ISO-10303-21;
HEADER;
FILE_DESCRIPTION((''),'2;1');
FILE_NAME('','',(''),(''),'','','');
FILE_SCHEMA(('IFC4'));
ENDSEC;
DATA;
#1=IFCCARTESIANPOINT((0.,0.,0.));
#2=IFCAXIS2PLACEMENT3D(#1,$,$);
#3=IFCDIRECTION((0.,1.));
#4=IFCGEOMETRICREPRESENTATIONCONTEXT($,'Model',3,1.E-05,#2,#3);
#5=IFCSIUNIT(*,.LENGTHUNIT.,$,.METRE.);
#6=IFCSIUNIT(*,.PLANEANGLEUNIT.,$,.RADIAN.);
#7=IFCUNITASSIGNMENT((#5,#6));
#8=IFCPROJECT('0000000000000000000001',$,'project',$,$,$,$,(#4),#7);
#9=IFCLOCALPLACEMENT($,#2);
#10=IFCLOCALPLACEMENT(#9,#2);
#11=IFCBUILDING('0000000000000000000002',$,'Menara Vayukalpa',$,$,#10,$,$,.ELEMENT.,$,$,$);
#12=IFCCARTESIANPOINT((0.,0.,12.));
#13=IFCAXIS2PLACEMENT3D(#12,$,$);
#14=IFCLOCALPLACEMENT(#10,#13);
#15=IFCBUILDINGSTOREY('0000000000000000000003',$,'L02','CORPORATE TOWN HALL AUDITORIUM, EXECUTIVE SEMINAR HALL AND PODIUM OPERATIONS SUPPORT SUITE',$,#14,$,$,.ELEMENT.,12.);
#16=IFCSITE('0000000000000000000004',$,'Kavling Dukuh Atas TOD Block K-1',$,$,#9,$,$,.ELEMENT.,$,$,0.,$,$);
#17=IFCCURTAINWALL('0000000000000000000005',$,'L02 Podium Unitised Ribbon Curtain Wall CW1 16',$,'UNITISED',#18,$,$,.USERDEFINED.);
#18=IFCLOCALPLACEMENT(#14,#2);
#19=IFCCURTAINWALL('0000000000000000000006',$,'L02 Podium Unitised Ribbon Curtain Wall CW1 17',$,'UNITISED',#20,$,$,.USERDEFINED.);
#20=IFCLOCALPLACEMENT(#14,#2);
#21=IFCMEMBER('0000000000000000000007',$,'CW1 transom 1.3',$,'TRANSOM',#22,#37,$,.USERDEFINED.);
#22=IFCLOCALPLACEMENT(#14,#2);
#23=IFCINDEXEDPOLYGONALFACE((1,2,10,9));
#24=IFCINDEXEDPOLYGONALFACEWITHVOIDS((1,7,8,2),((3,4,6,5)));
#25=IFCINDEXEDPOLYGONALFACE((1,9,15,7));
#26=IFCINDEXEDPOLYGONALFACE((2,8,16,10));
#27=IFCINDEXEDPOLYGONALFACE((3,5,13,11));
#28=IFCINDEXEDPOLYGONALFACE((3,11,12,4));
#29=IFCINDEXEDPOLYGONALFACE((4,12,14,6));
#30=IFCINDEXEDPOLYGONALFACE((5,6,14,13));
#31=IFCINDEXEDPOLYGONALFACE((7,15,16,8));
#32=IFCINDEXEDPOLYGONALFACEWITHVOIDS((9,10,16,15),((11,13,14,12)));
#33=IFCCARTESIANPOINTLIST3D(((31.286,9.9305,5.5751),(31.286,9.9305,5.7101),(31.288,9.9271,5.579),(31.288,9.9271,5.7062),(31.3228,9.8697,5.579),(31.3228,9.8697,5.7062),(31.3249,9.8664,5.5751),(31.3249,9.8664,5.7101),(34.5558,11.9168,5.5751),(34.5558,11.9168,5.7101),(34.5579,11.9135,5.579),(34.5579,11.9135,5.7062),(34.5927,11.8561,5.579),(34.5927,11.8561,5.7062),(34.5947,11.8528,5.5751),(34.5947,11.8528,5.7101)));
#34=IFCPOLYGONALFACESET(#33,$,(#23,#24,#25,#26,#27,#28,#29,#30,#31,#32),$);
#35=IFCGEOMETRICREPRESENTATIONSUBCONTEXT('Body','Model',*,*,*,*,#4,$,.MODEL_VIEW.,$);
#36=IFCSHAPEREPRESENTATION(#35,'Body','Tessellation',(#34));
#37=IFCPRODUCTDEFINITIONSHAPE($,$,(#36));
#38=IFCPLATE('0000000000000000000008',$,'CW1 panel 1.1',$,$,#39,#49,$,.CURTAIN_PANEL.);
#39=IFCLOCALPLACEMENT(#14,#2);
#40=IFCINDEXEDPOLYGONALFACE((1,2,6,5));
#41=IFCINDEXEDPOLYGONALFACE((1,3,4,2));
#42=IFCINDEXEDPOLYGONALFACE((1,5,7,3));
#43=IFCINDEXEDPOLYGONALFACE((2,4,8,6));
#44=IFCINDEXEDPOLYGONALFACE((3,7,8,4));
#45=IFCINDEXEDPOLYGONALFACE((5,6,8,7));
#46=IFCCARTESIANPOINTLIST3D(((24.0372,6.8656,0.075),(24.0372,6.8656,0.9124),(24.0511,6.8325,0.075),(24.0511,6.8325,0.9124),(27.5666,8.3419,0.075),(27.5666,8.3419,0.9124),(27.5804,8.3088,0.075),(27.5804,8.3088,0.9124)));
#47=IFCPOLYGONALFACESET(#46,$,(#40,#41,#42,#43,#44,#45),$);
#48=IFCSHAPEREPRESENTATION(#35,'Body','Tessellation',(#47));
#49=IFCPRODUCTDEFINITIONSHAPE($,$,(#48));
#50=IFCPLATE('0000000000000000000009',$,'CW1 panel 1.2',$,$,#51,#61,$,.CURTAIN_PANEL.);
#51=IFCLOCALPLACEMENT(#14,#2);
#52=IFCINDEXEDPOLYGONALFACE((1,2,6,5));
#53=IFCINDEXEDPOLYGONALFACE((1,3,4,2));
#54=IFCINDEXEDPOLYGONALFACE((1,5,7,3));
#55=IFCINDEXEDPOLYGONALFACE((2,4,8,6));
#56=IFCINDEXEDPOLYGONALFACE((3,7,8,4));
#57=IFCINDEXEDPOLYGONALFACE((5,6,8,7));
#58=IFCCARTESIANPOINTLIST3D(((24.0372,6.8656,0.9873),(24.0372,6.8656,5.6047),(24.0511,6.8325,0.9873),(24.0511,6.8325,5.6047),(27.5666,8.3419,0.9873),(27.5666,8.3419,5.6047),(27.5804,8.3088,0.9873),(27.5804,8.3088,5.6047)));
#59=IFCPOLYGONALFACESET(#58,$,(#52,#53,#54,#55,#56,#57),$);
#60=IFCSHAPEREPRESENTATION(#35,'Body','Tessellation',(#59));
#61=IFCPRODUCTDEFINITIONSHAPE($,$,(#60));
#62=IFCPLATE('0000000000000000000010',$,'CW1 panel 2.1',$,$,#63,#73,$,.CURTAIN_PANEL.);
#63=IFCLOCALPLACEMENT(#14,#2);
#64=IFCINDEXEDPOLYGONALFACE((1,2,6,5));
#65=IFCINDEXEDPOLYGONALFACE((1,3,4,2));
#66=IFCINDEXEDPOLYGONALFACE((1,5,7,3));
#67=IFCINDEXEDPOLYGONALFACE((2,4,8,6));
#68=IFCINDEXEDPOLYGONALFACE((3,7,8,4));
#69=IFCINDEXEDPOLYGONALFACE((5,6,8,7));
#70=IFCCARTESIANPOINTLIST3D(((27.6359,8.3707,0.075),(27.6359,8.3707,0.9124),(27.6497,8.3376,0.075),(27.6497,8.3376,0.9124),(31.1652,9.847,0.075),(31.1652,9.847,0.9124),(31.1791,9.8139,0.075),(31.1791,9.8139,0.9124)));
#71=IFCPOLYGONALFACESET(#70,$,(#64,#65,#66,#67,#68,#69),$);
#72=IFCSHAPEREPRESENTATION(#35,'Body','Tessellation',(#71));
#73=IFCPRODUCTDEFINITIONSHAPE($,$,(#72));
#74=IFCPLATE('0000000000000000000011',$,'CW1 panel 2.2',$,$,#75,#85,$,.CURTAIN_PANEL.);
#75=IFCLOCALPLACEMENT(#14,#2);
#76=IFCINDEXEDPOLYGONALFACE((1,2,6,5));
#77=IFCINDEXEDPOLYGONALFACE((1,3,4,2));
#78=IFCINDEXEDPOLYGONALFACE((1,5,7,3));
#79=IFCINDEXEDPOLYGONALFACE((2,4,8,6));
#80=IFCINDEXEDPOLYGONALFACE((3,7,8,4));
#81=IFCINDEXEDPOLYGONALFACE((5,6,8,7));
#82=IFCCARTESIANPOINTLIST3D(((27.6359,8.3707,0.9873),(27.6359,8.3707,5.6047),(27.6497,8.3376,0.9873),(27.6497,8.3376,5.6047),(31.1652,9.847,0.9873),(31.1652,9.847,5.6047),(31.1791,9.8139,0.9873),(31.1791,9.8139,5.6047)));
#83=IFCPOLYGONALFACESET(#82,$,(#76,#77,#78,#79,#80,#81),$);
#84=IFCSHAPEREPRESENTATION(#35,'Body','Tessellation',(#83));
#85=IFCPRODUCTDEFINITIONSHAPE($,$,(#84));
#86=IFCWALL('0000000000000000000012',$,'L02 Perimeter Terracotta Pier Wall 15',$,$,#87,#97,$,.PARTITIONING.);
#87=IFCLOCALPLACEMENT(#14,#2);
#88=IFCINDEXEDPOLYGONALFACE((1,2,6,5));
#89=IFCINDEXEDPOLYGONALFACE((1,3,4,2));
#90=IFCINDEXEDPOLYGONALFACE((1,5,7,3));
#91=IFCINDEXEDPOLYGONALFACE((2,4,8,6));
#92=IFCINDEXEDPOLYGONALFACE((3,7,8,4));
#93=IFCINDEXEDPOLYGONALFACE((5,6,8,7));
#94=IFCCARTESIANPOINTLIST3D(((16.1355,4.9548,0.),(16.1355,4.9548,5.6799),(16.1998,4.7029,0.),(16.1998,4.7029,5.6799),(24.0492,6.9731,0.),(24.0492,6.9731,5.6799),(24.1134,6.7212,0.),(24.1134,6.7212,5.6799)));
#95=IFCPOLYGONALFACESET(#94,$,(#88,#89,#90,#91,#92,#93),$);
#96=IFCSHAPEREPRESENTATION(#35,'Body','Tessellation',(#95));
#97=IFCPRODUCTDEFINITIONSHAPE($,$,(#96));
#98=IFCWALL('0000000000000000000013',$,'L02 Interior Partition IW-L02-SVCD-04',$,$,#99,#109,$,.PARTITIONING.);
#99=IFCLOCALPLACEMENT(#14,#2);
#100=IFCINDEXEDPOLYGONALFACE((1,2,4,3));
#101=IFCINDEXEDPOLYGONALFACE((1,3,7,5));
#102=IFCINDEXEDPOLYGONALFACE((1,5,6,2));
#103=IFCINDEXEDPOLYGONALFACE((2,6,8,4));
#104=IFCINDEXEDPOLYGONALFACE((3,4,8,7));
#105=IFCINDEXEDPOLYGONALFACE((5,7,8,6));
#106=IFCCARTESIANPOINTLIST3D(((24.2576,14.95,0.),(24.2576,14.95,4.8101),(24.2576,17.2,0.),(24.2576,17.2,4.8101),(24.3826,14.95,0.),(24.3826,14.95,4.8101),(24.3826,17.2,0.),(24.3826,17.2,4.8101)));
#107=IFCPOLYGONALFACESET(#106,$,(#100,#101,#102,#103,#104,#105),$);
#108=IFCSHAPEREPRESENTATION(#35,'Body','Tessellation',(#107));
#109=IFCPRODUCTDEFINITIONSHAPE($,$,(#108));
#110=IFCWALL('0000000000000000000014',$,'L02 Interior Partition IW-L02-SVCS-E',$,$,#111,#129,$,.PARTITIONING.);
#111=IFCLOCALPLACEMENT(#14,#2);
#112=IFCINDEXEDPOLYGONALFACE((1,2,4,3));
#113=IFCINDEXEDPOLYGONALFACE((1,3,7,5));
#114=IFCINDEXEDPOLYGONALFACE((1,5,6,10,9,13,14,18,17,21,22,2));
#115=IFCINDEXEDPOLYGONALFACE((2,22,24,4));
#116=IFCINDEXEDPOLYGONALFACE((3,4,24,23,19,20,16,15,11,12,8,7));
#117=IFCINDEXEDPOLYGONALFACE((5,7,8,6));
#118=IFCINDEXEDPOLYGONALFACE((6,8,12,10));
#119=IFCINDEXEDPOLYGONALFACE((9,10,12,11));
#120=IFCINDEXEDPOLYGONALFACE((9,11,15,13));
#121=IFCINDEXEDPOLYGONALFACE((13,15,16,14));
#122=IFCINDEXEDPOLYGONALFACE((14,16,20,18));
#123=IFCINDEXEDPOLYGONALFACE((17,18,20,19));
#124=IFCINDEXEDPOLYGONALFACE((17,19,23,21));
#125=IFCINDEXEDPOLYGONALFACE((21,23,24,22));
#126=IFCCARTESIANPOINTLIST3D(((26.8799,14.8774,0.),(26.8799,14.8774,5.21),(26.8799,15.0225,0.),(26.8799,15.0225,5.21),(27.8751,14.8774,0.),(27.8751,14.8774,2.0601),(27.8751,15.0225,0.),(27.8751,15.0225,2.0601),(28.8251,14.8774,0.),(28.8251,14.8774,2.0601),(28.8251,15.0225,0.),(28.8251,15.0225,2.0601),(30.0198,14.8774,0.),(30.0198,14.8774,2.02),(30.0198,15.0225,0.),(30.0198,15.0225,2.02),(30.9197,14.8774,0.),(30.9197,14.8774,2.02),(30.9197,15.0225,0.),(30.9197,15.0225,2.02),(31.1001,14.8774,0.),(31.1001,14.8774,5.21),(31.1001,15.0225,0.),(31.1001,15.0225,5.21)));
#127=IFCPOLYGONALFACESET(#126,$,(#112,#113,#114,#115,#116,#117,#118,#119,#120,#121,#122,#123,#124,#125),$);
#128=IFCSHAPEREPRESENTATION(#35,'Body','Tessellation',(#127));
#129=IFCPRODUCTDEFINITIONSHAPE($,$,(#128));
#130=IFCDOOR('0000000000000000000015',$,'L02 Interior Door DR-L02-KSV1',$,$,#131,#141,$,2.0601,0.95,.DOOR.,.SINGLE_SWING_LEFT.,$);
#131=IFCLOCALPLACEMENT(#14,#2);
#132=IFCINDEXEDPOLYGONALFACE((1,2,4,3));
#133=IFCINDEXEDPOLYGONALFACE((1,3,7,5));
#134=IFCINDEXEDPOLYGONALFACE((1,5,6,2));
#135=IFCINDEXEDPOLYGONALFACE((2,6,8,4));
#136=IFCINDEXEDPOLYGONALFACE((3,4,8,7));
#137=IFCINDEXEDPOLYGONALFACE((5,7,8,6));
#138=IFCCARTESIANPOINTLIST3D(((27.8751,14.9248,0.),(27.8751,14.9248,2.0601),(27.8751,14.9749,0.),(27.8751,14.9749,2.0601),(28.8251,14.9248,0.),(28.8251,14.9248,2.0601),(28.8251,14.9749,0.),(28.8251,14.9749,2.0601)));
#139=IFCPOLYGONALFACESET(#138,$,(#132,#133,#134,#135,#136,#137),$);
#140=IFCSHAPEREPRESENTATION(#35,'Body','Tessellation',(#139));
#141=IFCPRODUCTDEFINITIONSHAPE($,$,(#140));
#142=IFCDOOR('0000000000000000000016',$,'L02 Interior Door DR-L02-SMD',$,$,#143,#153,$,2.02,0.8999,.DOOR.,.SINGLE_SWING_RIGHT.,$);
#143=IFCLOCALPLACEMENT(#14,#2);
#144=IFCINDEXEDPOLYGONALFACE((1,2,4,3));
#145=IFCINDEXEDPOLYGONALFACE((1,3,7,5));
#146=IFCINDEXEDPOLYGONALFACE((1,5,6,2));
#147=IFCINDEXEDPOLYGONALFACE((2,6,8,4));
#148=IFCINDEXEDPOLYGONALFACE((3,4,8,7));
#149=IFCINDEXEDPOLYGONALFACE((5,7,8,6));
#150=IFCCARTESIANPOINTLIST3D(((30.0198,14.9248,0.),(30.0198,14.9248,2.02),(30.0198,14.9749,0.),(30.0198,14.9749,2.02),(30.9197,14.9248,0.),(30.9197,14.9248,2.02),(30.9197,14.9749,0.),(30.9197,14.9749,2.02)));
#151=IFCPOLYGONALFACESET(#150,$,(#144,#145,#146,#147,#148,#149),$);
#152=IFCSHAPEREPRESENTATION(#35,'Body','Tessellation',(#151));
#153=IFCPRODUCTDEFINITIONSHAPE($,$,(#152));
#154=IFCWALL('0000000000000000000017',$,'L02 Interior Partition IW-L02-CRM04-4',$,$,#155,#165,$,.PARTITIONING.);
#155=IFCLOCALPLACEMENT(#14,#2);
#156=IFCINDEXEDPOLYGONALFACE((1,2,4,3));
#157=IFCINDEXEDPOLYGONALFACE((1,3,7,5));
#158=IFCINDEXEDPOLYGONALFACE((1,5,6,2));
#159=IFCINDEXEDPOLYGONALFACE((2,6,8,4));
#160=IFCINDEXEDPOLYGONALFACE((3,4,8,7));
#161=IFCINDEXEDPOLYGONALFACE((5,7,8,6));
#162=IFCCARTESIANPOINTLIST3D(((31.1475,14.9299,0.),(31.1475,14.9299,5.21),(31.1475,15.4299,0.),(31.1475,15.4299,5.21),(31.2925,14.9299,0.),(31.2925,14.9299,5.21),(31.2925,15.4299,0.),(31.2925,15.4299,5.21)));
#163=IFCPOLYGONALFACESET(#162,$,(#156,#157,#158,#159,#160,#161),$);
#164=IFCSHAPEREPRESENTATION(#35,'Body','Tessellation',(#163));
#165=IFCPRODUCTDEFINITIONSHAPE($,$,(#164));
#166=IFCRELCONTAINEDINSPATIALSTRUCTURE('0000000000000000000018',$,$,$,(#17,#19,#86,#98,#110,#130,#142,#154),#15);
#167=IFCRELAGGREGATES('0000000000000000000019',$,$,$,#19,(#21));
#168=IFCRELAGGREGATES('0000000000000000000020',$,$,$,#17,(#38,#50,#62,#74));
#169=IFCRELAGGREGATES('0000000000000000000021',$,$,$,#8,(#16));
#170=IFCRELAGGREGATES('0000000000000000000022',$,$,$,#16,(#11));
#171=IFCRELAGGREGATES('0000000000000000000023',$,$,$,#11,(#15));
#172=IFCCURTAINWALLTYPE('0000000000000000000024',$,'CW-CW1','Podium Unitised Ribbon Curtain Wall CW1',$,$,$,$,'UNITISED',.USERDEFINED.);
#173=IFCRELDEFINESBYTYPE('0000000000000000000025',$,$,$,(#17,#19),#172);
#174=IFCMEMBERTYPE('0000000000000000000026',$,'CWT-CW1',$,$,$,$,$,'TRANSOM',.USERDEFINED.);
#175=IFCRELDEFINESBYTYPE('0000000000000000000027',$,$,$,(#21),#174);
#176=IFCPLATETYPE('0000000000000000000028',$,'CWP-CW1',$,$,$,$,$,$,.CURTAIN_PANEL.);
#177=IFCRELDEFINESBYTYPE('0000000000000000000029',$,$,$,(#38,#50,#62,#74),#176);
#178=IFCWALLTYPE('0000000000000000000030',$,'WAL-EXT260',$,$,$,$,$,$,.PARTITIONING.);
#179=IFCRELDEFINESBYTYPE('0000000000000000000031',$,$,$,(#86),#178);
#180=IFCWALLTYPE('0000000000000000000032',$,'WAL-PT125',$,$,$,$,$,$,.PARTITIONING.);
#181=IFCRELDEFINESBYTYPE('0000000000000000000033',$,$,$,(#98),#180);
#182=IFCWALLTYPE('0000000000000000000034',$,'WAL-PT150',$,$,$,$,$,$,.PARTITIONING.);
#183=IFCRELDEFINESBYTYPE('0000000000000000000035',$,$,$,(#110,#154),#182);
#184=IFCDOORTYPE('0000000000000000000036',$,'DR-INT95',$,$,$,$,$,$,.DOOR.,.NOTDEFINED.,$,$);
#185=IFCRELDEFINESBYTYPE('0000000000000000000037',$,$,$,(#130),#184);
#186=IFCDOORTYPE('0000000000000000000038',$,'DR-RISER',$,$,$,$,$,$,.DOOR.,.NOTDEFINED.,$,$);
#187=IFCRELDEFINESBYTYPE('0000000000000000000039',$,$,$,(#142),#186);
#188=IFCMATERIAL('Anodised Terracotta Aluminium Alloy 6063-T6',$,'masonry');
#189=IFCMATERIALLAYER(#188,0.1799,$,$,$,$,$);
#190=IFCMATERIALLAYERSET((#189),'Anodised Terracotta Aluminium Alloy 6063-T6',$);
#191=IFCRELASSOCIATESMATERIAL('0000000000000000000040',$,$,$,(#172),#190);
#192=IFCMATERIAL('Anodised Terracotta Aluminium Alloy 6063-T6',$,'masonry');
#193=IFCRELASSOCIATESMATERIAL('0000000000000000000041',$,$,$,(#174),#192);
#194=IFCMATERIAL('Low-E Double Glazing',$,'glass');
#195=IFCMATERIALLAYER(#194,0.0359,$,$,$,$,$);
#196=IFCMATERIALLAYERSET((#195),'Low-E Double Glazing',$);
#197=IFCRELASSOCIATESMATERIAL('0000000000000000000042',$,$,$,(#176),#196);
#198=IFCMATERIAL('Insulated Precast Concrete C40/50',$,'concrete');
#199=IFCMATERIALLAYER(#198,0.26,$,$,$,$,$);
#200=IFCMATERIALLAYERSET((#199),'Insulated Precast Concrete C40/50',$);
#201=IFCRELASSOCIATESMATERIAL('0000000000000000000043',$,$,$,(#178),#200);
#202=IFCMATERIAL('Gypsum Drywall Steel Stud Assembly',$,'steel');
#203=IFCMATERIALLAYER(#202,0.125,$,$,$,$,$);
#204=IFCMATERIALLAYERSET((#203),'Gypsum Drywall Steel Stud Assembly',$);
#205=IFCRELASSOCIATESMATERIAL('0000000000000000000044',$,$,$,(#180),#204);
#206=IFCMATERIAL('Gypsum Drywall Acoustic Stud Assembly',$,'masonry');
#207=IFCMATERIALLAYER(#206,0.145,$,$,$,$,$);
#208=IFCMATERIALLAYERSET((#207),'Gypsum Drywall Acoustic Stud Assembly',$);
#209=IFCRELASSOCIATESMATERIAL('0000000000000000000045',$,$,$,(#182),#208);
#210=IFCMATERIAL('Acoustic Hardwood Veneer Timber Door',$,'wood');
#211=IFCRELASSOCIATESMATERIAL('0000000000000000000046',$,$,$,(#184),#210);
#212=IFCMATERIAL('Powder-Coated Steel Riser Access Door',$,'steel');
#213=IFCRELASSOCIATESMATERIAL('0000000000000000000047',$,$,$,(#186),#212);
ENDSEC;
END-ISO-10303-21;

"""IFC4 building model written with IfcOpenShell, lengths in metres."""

from ifc_helpers import new_model, si_unit, direction, frame, frame_2d, origin, origin_2d, place, context, subcontext, project, spatial, rectangle, hollow_rectangle, extrude, material, layer, layer_set, material_profile, profile_set, type_object, element, fill, aggregate, save


model = new_model("IFC4")

# Units and contexts
model_context = context("Model", 3, precision=1e-05, world=origin(), true_north=direction((0.0, 1.0)))
body_context = subcontext(model_context, "Body", "Model", "MODEL_VIEW")
ifc_project = project(units=[si_unit("LENGTHUNIT", "METRE"), si_unit("PLANEANGLEUNIT", "RADIAN")], contexts=[model_context])

# Site, building, storey
site_placement = place(None, origin())
site = spatial("IfcSite", under=ifc_project, at=site_placement, Name="Kavling Dukuh Atas TOD Block K-1", CompositionType="ELEMENT", RefElevation=0.0)
building_placement = place(site_placement, origin())
building = spatial("IfcBuilding", under=site, at=building_placement, Name="Menara Vayukalpa", CompositionType="ELEMENT")
storey_placement = place(building_placement, frame((0.0, 0.0, 12.0)))
storey = spatial("IfcBuildingStorey", under=building, at=storey_placement, Name="L02", Description="CORPORATE TOWN HALL AUDITORIUM, EXECUTIVE SEMINAR HALL AND PODIUM OPERATIONS SUPPORT SUITE", CompositionType="ELEMENT", Elevation=12.0)

# Curtain wall
ifc_material_1 = material(Name="Anodised Terracotta Aluminium Alloy 6063-T6", Category="masonry")
ifc_layer_1 = layer(ifc_material_1, 0.1799)
ifc_layer_set_1 = layer_set([ifc_layer_1], Name="Anodised Terracotta Aluminium Alloy 6063-T6")
curtain_wall_type = type_object("IfcCurtainWallType", Name="CW-CW1", Description="Podium Unitised Ribbon Curtain Wall CW1", ElementType="UNITISED", PredefinedType="USERDEFINED", material=ifc_layer_set_1)
curtain_wall_1_placement = place(storey_placement, origin())
curtain_wall_1 = element("IfcCurtainWall", 1, at=curtain_wall_1_placement, inside=storey, type_object=curtain_wall_type, Name="L02 Podium Unitised Ribbon Curtain Wall CW1 16", ObjectType="UNITISED", PredefinedType="USERDEFINED")

# Curtain wall
curtain_wall_2_placement = place(storey_placement, origin())
curtain_wall_2 = element("IfcCurtainWall", 2, at=curtain_wall_2_placement, inside=storey, type_object=curtain_wall_type, Name="L02 Podium Unitised Ribbon Curtain Wall CW1 17", ObjectType="UNITISED", PredefinedType="USERDEFINED")

# Member
ifc_material_2 = material(Name="Anodised Terracotta Aluminium Alloy 6063-T6", Category="masonry")
ifc_material_profile_1 = material_profile(ifc_material_2, hollow_rectangle(XDim=0.075, YDim=0.135, WallThickness=0.0039, at=origin_2d()), Name="ALU 75x135x4")
ifc_profile_set_1 = profile_set([ifc_material_profile_1], Name="Anodised Terracotta Aluminium Alloy 6063-T6")
member_type_1 = type_object("IfcMemberType", Name="CWT-CW1", ElementType="TRANSOM", PredefinedType="USERDEFINED", material=ifc_profile_set_1)
member_1_placement = place(storey_placement, frame((31.3054, 9.8984, 5.6426), z_axis=(0.854659, 0.51919, 0.0), x_axis=(-0.51919, 0.854659, 0.0)))
member_1 = element("IfcMember", 3, at=member_1_placement, type_object=member_type_1, Name="CW1 transom 1.3", ObjectType="TRANSOM", PredefinedType="USERDEFINED", context=body_context, shape_type="SweptSolid", body=[
    extrude(hollow_rectangle(XDim=0.075, YDim=0.135, WallThickness=0.0039, at=origin_2d()), origin(), (0.0, 0.0, 1.0), 3.8259),
])
aggregate(curtain_wall_2, [member_1])

# Plates
ifc_material_3 = material(Name="Low-E Double Glazing", Category="glass")
ifc_layer_2 = layer(ifc_material_3, 0.0359)
ifc_layer_set_2 = layer_set([ifc_layer_2], Name="Low-E Double Glazing")
plate_type = type_object("IfcPlateType", Name="CWP-CW1", PredefinedType="CURTAIN_PANEL", material=ifc_layer_set_2)
plate_1_placement = place(storey_placement, frame((25.8088, 7.5872, 0.075), z_axis=(0.0, 0.0, 1.0), x_axis=(0.922545, 0.385891, 0.0)))
plate_1 = element("IfcPlate", 4, at=plate_1_placement, type_object=plate_type, Name="CW1 panel 1.1", PredefinedType="CURTAIN_PANEL", context=body_context, shape_type="SweptSolid", body=[
    extrude(rectangle(XDim=3.8257, YDim=0.0359, at=origin_2d()), origin(), (0.0, 0.0, 1.0), 0.8374),
])
plate_2_placement = place(storey_placement, frame((25.8088, 7.5872, 0.9873), z_axis=(0.0, 0.0, 1.0), x_axis=(0.922545, 0.385891, 0.0)))
plate_2 = element("IfcPlate", 5, at=plate_2_placement, type_object=plate_type, Name="CW1 panel 1.2", PredefinedType="CURTAIN_PANEL", context=body_context, shape_type="SweptSolid", body=[
    extrude(rectangle(XDim=3.8257, YDim=0.0359, at=origin_2d()), origin(), (0.0, 0.0, 1.0), 4.6174),
])
plate_3_placement = place(storey_placement, frame((29.4075, 9.0923, 0.075), z_axis=(0.0, 0.0, 1.0), x_axis=(0.922545, 0.385891, 0.0)))
plate_3 = element("IfcPlate", 6, at=plate_3_placement, type_object=plate_type, Name="CW1 panel 2.1", PredefinedType="CURTAIN_PANEL", context=body_context, shape_type="SweptSolid", body=[
    extrude(rectangle(XDim=3.8257, YDim=0.0359, at=origin_2d()), origin(), (0.0, 0.0, 1.0), 0.8374),
])
plate_4_placement = place(storey_placement, frame((29.4075, 9.0923, 0.9873), z_axis=(0.0, 0.0, 1.0), x_axis=(0.922545, 0.385891, 0.0)))
plate_4 = element("IfcPlate", 7, at=plate_4_placement, type_object=plate_type, Name="CW1 panel 2.2", PredefinedType="CURTAIN_PANEL", context=body_context, shape_type="SweptSolid", body=[
    extrude(rectangle(XDim=3.8257, YDim=0.0359, at=origin_2d()), origin(), (0.0, 0.0, 1.0), 4.6174),
])
aggregate(curtain_wall_1, [plate_1, plate_2, plate_3, plate_4])

# Walls
ifc_material_4 = material(Name="Insulated Precast Concrete C40/50", Category="concrete")
ifc_layer_3 = layer(ifc_material_4, 0.26)
ifc_layer_set_3 = layer_set([ifc_layer_3], Name="Insulated Precast Concrete C40/50")
wall_type_1 = type_object("IfcWallType", Name="WAL-EXT260", PredefinedType="PARTITIONING", material=ifc_layer_set_3)
wall_1_placement = place(storey_placement, frame((24.0813, 6.8472, 0.0), z_axis=(0.0, 0.0, 1.0), x_axis=(-0.968982, -0.247133, 0.0)))
element("IfcWall", 8, at=wall_1_placement, inside=storey, type_object=wall_type_1, Name="L02 Perimeter Terracotta Pier Wall 15", PredefinedType="PARTITIONING", context=body_context, shape_type="SweptSolid", body=[
    extrude(rectangle(XDim=8.167, YDim=0.26, at=frame_2d((4.0835, 0.0))), origin(), (0.0, 0.0, 1.0), 5.6799),
])
ifc_material_5 = material(Name="Gypsum Drywall Steel Stud Assembly", Category="steel")
ifc_layer_4 = layer(ifc_material_5, 0.125)
ifc_layer_set_4 = layer_set([ifc_layer_4], Name="Gypsum Drywall Steel Stud Assembly")
wall_type_2 = type_object("IfcWallType", Name="WAL-PT125", PredefinedType="PARTITIONING", material=ifc_layer_set_4)
wall_2_placement = place(storey_placement, frame((24.3201, 14.95, 0.0), z_axis=(0.0, 0.0, 1.0), x_axis=(0.0, 1.0, 0.0)))
element("IfcWall", 9, at=wall_2_placement, inside=storey, type_object=wall_type_2, Name="L02 Interior Partition IW-L02-SVCD-04", PredefinedType="PARTITIONING", context=body_context, shape_type="SweptSolid", body=[
    extrude(rectangle(XDim=2.25, YDim=0.125, at=frame_2d((1.125, 0.0))), origin(), (0.0, 0.0, 1.0), 4.8101),
])

# Wall, openings, doors
ifc_material_6 = material(Name="Gypsum Drywall Acoustic Stud Assembly", Category="masonry")
ifc_layer_5 = layer(ifc_material_6, 0.145)
ifc_layer_set_5 = layer_set([ifc_layer_5], Name="Gypsum Drywall Acoustic Stud Assembly")
wall_type_3 = type_object("IfcWallType", Name="WAL-PT150", PredefinedType="PARTITIONING", material=ifc_layer_set_5)
wall_3_placement = place(storey_placement, frame((26.8799, 14.95, 0.0), z_axis=(0.0, 0.0, 1.0), x_axis=(1.0, 0.0, 0.0)))
wall_3 = element("IfcWall", 10, at=wall_3_placement, inside=storey, type_object=wall_type_3, Name="L02 Interior Partition IW-L02-SVCS-E", PredefinedType="PARTITIONING", context=body_context, shape_type="SweptSolid", body=[
    extrude(rectangle(XDim=4.2202, YDim=0.145, at=frame_2d((2.1101, 0.0))), origin(), (0.0, 0.0, 1.0), 5.21),
])
opening_1_placement = place(wall_3_placement, frame((0.9951, 0.0, 0.0)))
opening_1 = element("IfcOpeningElement", 11, at=opening_1_placement, cuts=wall_3, PredefinedType="OPENING", context=body_context, shape_type="SweptSolid", body=[
    extrude(rectangle(XDim=0.95, YDim=2.0601, at=frame_2d((0.4751, 1.03))), frame((0.0, 0.0825, 0.0), z_axis=(0.0, -1.0, 0.0), x_axis=(1.0, 0.0, 0.0)), (0.0, 0.0, 1.0), 0.165),
])
opening_2_placement = place(wall_3_placement, frame((3.1399, 0.0, 0.0)))
opening_2 = element("IfcOpeningElement", 12, at=opening_2_placement, cuts=wall_3, PredefinedType="OPENING", context=body_context, shape_type="SweptSolid", body=[
    extrude(rectangle(XDim=0.8999, YDim=2.02, at=frame_2d((0.45, 1.01))), frame((0.0, 0.0825, 0.0), z_axis=(0.0, -1.0, 0.0), x_axis=(1.0, 0.0, 0.0)), (0.0, 0.0, 1.0), 0.165),
])
ifc_material_7 = material(Name="Acoustic Hardwood Veneer Timber Door", Category="wood")
door_type_1 = type_object("IfcDoorType", Name="DR-INT95", OperationType="NOTDEFINED", PredefinedType="DOOR", material=ifc_material_7)
door_1_placement = place(opening_1_placement, origin())
door_1 = element("IfcDoor", 13, at=door_1_placement, inside=storey, type_object=door_type_1, Name="L02 Interior Door DR-L02-KSV1", OperationType="SINGLE_SWING_LEFT", OverallHeight=2.0601, OverallWidth=0.95, PredefinedType="DOOR", context=body_context, shape_type="SweptSolid", body=[
    extrude(rectangle(XDim=0.95, YDim=2.0601, at=frame_2d((0.4751, 1.03))), frame((0.0, 0.0249, 0.0), z_axis=(0.0, -1.0, 0.0), x_axis=(1.0, 0.0, 0.0)), (0.0, 0.0, 1.0), 0.05),
])
fill(opening_1, door_1)
ifc_material_8 = material(Name="Powder-Coated Steel Riser Access Door", Category="steel")
door_type_2 = type_object("IfcDoorType", Name="DR-RISER", OperationType="NOTDEFINED", PredefinedType="DOOR", material=ifc_material_8)
door_2_placement = place(opening_2_placement, origin())
door_2 = element("IfcDoor", 14, at=door_2_placement, inside=storey, type_object=door_type_2, Name="L02 Interior Door DR-L02-SMD", OperationType="SINGLE_SWING_RIGHT", OverallHeight=2.02, OverallWidth=0.8999, PredefinedType="DOOR", context=body_context, shape_type="SweptSolid", body=[
    extrude(rectangle(XDim=0.8999, YDim=2.02, at=frame_2d((0.45, 1.01))), frame((0.0, 0.0249, 0.0), z_axis=(0.0, -1.0, 0.0), x_axis=(1.0, 0.0, 0.0)), (0.0, 0.0, 1.0), 0.05),
])
fill(opening_2, door_2)

# Wall
wall_4_placement = place(storey_placement, frame((31.22, 14.9299, 0.0), z_axis=(0.0, 0.0, 1.0), x_axis=(0.0, 1.0, 0.0)))
element("IfcWall", 15, at=wall_4_placement, inside=storey, type_object=wall_type_3, Name="L02 Interior Partition IW-L02-CRM04-4", PredefinedType="PARTITIONING", context=body_context, shape_type="SweptSolid", body=[
    extrude(rectangle(XDim=0.5, YDim=0.145, at=frame_2d((0.25, 0.0))), origin(), (0.0, 0.0, 1.0), 5.21),
])

save(model, "model.ifc")
